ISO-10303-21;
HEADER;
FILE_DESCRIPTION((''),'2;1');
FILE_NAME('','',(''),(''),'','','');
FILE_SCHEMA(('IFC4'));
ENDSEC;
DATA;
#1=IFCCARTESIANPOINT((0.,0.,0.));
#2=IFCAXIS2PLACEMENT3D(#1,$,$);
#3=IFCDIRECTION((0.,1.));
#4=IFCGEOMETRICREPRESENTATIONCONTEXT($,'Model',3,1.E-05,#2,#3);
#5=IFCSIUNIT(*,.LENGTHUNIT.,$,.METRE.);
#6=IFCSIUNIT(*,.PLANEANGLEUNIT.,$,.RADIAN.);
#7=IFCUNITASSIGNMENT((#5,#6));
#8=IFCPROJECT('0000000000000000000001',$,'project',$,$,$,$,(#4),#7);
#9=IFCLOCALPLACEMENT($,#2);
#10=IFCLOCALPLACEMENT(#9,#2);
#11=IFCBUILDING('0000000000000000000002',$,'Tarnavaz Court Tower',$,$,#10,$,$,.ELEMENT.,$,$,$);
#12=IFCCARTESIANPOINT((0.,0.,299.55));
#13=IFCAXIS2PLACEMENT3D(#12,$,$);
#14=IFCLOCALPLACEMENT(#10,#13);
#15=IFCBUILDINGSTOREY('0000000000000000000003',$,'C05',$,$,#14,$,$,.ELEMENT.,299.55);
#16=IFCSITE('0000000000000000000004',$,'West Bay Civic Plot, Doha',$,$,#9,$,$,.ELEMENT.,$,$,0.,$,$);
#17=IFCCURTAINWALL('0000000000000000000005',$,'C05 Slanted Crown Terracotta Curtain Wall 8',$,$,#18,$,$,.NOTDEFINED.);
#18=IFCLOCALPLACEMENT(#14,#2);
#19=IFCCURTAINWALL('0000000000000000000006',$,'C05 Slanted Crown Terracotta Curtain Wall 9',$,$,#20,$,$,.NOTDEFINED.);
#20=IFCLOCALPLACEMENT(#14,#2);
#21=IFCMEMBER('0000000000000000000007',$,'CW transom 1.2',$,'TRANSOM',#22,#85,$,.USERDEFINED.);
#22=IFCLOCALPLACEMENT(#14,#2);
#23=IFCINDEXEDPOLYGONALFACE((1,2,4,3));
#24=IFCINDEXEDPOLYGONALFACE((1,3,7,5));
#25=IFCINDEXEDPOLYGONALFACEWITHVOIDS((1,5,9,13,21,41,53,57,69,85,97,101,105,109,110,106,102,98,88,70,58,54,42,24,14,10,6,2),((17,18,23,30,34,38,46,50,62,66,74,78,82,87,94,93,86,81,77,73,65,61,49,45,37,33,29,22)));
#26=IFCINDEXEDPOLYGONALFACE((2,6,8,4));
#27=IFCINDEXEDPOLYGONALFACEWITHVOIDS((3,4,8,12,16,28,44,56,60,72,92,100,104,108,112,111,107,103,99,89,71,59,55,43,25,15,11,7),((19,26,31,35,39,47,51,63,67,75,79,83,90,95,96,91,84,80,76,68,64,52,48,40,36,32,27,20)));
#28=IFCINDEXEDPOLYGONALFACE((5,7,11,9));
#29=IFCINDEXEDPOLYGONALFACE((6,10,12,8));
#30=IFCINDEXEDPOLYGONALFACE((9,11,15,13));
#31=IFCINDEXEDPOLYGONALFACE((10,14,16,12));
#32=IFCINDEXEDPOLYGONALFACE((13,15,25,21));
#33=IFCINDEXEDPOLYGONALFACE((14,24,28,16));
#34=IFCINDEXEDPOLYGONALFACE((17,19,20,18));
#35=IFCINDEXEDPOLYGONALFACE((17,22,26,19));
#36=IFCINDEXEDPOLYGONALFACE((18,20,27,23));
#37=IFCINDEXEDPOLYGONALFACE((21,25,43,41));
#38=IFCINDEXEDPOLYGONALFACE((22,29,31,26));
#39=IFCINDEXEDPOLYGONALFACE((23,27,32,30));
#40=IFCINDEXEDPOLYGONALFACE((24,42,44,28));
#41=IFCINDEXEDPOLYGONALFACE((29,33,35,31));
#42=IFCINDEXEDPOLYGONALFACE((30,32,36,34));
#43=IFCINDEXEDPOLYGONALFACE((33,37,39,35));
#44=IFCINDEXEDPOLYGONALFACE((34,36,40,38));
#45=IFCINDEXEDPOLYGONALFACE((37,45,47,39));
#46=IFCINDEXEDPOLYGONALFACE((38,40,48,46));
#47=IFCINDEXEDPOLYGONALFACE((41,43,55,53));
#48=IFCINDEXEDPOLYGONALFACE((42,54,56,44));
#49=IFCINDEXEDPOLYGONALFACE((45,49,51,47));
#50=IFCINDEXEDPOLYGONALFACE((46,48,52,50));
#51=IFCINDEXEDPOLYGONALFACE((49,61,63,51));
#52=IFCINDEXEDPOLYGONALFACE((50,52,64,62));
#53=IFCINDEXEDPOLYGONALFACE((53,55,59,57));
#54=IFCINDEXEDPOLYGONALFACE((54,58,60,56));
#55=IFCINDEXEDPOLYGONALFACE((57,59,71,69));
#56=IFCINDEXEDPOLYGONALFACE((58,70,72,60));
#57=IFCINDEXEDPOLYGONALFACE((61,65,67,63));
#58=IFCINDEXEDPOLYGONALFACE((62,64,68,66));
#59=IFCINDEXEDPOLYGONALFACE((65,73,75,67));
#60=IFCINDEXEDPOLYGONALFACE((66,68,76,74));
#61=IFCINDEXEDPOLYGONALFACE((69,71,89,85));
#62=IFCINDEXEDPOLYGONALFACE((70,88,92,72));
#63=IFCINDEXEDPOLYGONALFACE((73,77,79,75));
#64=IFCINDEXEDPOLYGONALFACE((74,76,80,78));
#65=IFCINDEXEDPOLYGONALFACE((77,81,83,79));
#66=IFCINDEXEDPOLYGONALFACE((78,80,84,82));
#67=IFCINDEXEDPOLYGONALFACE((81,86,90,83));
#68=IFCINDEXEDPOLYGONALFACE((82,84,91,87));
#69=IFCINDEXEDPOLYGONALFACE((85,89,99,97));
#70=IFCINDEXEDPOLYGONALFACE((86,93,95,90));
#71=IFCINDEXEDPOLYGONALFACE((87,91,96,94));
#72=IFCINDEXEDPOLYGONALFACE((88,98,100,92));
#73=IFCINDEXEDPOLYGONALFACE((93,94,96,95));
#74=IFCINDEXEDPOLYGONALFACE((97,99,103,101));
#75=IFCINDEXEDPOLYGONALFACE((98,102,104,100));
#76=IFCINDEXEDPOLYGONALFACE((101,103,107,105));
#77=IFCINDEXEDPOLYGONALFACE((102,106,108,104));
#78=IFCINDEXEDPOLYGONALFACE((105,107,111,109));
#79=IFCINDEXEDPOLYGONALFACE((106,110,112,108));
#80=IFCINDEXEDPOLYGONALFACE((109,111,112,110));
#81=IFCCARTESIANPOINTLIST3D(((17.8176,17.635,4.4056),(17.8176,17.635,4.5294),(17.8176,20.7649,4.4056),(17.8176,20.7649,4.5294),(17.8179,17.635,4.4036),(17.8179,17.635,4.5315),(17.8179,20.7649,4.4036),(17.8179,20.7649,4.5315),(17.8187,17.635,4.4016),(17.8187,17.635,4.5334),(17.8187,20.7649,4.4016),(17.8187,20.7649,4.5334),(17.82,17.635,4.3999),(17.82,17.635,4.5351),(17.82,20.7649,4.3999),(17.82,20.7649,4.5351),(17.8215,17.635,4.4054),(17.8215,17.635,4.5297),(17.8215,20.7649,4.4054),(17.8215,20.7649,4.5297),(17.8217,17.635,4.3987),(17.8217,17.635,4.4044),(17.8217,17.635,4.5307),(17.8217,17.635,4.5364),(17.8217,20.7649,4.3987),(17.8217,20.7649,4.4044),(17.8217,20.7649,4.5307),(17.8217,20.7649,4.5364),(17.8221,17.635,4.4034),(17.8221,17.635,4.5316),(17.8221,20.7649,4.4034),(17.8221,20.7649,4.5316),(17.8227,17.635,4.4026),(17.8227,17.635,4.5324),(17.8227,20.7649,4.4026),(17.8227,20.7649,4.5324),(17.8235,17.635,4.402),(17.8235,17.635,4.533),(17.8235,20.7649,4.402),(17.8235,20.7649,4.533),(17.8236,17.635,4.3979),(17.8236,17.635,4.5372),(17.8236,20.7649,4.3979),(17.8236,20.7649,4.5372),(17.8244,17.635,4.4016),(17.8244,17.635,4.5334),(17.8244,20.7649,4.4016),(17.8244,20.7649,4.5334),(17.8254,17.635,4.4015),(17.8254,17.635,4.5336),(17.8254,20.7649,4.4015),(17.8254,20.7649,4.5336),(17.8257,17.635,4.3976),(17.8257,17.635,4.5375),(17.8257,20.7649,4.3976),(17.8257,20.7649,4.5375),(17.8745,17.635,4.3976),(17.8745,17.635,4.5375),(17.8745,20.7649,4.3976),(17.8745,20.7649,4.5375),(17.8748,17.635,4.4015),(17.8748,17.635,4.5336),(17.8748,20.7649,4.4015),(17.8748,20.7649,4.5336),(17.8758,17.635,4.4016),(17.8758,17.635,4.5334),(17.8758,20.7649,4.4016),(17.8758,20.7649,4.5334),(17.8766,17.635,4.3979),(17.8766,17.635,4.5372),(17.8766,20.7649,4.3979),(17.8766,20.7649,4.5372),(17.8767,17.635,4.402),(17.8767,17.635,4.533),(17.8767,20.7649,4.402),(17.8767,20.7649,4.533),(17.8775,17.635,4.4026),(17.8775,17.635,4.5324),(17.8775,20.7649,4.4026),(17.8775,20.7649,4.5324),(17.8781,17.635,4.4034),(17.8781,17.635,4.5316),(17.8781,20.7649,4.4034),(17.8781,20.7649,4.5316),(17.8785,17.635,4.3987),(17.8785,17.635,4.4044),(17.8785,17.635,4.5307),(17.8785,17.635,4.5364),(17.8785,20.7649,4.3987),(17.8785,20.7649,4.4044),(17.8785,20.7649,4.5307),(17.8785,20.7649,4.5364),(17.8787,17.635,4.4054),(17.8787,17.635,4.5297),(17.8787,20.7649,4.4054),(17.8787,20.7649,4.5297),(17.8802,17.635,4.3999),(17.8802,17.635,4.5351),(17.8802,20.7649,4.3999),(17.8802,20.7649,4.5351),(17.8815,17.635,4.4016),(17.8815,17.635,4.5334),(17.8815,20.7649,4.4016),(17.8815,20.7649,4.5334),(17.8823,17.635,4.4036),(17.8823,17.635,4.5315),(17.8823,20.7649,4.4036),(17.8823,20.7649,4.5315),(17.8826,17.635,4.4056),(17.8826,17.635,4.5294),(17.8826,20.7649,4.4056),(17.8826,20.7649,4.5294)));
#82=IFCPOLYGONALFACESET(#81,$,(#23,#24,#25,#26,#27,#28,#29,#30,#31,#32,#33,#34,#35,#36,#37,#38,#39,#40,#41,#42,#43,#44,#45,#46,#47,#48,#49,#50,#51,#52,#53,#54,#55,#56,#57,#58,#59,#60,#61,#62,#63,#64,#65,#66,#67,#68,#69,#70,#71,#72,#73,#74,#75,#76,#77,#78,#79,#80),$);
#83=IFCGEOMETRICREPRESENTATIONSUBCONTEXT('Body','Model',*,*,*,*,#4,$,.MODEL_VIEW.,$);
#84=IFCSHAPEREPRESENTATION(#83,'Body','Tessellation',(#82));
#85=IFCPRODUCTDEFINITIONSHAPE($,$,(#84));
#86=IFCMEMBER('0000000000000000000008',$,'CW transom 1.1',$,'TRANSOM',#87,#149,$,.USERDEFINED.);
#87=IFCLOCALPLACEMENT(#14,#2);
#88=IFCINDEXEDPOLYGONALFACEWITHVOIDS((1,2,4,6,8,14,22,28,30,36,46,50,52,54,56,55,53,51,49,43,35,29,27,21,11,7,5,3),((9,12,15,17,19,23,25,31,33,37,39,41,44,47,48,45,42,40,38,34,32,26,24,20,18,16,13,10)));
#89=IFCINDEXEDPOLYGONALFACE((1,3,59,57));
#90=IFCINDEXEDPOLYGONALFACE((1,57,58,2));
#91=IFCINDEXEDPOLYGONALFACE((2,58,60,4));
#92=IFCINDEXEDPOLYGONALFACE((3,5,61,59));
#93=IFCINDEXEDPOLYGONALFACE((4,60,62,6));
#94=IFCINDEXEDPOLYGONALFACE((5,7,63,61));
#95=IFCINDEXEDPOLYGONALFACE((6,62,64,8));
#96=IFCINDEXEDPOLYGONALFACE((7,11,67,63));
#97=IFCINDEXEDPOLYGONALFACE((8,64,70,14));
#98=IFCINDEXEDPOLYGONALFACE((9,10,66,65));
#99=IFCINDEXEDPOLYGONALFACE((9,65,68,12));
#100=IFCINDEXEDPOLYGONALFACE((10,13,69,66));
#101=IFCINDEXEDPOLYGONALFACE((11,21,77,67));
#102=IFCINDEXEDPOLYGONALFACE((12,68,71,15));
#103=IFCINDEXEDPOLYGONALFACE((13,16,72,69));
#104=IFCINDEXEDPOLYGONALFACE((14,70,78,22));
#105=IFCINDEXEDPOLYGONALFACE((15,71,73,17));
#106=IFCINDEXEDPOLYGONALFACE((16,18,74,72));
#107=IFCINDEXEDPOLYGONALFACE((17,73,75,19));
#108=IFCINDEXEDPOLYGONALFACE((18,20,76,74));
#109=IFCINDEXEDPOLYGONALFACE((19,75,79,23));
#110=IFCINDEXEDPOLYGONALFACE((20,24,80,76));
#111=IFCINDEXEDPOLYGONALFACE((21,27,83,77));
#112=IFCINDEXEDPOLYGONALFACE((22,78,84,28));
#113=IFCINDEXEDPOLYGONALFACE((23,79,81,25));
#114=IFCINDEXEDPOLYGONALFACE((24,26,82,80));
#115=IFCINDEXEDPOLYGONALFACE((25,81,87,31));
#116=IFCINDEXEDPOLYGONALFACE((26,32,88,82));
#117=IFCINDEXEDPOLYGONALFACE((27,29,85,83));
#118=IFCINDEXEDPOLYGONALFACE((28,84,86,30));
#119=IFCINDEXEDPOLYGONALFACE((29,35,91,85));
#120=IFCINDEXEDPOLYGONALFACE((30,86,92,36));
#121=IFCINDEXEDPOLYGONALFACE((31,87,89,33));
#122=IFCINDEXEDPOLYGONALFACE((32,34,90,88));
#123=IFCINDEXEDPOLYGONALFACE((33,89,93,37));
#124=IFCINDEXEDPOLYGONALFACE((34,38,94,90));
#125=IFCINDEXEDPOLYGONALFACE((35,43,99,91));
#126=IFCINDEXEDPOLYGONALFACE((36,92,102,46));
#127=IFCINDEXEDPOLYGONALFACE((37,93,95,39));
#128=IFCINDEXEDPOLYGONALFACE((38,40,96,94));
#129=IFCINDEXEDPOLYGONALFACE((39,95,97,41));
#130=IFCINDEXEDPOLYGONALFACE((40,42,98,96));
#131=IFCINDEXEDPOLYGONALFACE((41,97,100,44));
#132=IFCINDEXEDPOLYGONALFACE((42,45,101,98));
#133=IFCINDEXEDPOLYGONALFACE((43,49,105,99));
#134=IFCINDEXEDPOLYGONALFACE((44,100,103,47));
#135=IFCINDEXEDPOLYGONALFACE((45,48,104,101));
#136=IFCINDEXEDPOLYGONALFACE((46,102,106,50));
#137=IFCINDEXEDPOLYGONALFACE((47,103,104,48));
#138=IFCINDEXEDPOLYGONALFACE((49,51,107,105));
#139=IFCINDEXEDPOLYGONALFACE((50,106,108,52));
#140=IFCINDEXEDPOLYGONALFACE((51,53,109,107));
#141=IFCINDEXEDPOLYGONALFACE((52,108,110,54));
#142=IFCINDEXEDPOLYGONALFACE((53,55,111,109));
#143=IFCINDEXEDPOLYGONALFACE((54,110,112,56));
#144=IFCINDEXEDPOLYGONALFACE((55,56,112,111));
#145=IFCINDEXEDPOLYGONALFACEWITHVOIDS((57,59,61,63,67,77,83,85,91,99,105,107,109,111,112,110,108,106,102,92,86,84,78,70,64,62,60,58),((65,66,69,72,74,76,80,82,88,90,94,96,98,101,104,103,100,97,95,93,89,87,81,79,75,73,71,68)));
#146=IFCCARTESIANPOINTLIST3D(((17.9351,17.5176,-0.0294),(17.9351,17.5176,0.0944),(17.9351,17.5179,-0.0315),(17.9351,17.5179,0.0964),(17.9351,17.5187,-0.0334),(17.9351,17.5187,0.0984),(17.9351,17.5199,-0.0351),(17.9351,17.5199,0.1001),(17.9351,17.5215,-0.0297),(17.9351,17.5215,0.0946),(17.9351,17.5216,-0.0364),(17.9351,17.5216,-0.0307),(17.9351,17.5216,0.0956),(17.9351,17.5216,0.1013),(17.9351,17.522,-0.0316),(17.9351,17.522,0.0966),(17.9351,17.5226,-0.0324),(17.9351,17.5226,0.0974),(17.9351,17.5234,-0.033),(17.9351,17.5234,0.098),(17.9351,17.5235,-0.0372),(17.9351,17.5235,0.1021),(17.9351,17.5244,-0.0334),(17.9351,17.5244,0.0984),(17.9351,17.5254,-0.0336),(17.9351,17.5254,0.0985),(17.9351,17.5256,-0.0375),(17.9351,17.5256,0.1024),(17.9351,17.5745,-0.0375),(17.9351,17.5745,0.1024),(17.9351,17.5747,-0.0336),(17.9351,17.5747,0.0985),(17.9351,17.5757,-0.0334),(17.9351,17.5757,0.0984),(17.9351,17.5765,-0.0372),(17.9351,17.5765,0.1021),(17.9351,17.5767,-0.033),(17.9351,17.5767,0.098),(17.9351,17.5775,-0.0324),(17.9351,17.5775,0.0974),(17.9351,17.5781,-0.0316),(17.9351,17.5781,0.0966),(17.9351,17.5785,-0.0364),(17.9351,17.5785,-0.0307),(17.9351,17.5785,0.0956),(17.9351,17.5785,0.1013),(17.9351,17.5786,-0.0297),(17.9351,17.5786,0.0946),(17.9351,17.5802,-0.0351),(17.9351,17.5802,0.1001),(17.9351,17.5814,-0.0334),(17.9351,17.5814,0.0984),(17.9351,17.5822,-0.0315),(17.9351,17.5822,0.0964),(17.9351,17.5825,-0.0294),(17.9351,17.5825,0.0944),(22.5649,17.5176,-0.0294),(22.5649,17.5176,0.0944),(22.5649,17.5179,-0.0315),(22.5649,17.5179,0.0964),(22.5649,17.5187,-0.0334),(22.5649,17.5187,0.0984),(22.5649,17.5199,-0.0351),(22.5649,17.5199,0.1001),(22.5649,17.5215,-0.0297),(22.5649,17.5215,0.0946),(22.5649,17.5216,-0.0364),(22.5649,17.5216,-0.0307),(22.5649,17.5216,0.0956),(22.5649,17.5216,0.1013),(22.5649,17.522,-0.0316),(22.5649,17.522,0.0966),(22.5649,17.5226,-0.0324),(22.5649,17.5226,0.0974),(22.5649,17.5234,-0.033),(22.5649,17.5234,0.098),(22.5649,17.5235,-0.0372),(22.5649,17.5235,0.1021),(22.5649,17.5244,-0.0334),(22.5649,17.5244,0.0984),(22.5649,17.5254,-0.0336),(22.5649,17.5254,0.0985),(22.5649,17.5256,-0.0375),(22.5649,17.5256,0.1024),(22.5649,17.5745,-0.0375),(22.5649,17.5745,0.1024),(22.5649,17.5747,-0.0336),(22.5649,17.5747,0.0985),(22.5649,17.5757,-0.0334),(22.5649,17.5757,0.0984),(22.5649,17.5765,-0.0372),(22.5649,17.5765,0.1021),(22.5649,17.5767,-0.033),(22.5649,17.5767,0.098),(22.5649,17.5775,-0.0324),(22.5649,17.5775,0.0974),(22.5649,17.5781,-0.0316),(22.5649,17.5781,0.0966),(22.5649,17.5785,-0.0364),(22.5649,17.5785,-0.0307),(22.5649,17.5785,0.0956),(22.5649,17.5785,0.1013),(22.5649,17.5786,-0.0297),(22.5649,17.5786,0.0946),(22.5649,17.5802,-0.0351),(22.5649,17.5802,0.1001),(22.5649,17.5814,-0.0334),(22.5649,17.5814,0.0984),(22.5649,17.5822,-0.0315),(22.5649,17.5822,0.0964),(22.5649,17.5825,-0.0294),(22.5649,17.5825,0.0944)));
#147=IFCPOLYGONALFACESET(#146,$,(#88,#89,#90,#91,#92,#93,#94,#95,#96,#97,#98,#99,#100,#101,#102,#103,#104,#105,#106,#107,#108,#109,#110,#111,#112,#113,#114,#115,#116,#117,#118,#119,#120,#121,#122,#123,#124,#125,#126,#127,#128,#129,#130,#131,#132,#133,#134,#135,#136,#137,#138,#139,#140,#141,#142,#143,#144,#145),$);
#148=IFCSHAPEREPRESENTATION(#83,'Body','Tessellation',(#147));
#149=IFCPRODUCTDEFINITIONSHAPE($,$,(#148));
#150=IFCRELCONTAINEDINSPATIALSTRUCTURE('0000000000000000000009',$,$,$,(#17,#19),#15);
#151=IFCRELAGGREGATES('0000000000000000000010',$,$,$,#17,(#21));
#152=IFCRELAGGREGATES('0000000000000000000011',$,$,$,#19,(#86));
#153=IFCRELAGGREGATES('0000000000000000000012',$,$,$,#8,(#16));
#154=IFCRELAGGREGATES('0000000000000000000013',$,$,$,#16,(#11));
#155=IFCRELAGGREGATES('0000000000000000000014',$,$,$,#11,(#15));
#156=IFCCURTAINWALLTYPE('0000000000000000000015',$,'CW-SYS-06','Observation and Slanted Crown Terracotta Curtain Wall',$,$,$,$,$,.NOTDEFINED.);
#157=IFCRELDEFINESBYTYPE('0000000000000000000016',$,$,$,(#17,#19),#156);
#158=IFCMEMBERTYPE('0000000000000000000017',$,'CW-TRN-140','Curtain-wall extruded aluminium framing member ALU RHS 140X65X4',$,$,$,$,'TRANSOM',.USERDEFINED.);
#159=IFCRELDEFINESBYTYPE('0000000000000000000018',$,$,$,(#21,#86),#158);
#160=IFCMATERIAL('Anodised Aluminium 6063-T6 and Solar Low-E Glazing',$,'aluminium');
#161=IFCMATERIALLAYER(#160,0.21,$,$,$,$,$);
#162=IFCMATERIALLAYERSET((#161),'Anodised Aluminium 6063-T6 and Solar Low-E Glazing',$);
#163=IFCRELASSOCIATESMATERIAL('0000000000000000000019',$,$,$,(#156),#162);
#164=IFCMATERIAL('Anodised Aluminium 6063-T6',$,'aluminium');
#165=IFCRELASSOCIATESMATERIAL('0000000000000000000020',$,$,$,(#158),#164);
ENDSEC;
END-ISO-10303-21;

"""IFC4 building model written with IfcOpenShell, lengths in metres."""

from ifc_helpers import new_model, si_unit, direction, frame, origin, origin_2d, place, context, subcontext, project, spatial, hollow_rectangle, extrude, material, layer, layer_set, material_profile, profile_set, type_object, element, aggregate, save


model = new_model("IFC4")

# Units and contexts
model_context = context("Model", 3, precision=1e-05, world=origin(), true_north=direction((0.0, 1.0)))
body_context = subcontext(model_context, "Body", "Model", "MODEL_VIEW")
ifc_project = project(units=[si_unit("LENGTHUNIT", "METRE"), si_unit("PLANEANGLEUNIT", "RADIAN")], contexts=[model_context])

# Site, building, storey
site_placement = place(None, origin())
site = spatial("IfcSite", under=ifc_project, at=site_placement, Name="West Bay Civic Plot, Doha", CompositionType="ELEMENT", RefElevation=0.0)
building_placement = place(site_placement, origin())
building = spatial("IfcBuilding", under=site, at=building_placement, Name="Tarnavaz Court Tower", CompositionType="ELEMENT")
storey_placement = place(building_placement, frame((0.0, 0.0, 299.55)))
storey = spatial("IfcBuildingStorey", under=building, at=storey_placement, Name="C05", CompositionType="ELEMENT", Elevation=299.55)

# Curtain wall
ifc_material_1 = material(Name="Anodised Aluminium 6063-T6 and Solar Low-E Glazing", Category="aluminium")
ifc_layer_1 = layer(ifc_material_1, 0.21)
ifc_layer_set_1 = layer_set([ifc_layer_1], Name="Anodised Aluminium 6063-T6 and Solar Low-E Glazing")
curtain_wall_type = type_object("IfcCurtainWallType", Name="CW-SYS-06", Description="Observation and Slanted Crown Terracotta Curtain Wall", PredefinedType="NOTDEFINED", material=ifc_layer_set_1)
curtain_wall_1_placement = place(storey_placement, origin())
curtain_wall_1 = element("IfcCurtainWall", 1, at=curtain_wall_1_placement, inside=storey, type_object=curtain_wall_type, Name="C05 Slanted Crown Terracotta Curtain Wall 8", PredefinedType="NOTDEFINED")
ifc_material_2 = material(Name="Anodised Aluminium 6063-T6", Category="aluminium")

# Curtain wall
curtain_wall_2_placement = place(storey_placement, origin())
curtain_wall_2 = element("IfcCurtainWall", 2, at=curtain_wall_2_placement, inside=storey, type_object=curtain_wall_type, Name="C05 Slanted Crown Terracotta Curtain Wall 9", PredefinedType="NOTDEFINED")

# Members
ifc_material_profile_1 = material_profile(ifc_material_2, hollow_rectangle(XDim=0.0649, YDim=0.1399, WallThickness=0.0039, InnerFilletRadius=0.0039, OuterFilletRadius=0.0081, at=origin_2d()), Name="ALU RHS 140X65X4")
ifc_profile_set_1 = profile_set([ifc_material_profile_1], Name="Anodised Aluminium 6063-T6")
member_type_1 = type_object("IfcMemberType", Name="CW-TRN-140", Description="Curtain-wall extruded aluminium framing member ALU RHS 140X65X4", ElementType="TRANSOM", PredefinedType="USERDEFINED", material=ifc_profile_set_1)
member_1_placement = place(storey_placement, frame((17.8501, 20.7649, 4.4675), z_axis=(0.0, -1.0, 0.0), x_axis=(1.0, 0.0, 0.0)))
member_1 = element("IfcMember", 3, at=member_1_placement, type_object=member_type_1, Name="CW transom 1.2", ObjectType="TRANSOM", PredefinedType="USERDEFINED", context=body_context, shape_type="SweptSolid", body=[
    extrude(hollow_rectangle(XDim=0.0649, YDim=0.1399, WallThickness=0.0039, InnerFilletRadius=0.0039, OuterFilletRadius=0.0081, at=origin_2d()), origin(), (0.0, 0.0, 1.0), 3.1299),
])
member_2_placement = place(storey_placement, frame((17.9351, 17.55, 0.0325), z_axis=(1.0, 0.0, 0.0), x_axis=(0.0, 1.0, 0.0)))
member_2 = element("IfcMember", 4, at=member_2_placement, type_object=member_type_1, Name="CW transom 1.1", ObjectType="TRANSOM", PredefinedType="USERDEFINED", context=body_context, shape_type="SweptSolid", body=[
    extrude(hollow_rectangle(XDim=0.0649, YDim=0.1399, WallThickness=0.0039, InnerFilletRadius=0.0039, OuterFilletRadius=0.0081, at=origin_2d()), origin(), (0.0, 0.0, 1.0), 4.6299),
])

aggregate(curtain_wall_1, [member_1])
aggregate(curtain_wall_2, [member_2])

save(model, "model.ifc")
